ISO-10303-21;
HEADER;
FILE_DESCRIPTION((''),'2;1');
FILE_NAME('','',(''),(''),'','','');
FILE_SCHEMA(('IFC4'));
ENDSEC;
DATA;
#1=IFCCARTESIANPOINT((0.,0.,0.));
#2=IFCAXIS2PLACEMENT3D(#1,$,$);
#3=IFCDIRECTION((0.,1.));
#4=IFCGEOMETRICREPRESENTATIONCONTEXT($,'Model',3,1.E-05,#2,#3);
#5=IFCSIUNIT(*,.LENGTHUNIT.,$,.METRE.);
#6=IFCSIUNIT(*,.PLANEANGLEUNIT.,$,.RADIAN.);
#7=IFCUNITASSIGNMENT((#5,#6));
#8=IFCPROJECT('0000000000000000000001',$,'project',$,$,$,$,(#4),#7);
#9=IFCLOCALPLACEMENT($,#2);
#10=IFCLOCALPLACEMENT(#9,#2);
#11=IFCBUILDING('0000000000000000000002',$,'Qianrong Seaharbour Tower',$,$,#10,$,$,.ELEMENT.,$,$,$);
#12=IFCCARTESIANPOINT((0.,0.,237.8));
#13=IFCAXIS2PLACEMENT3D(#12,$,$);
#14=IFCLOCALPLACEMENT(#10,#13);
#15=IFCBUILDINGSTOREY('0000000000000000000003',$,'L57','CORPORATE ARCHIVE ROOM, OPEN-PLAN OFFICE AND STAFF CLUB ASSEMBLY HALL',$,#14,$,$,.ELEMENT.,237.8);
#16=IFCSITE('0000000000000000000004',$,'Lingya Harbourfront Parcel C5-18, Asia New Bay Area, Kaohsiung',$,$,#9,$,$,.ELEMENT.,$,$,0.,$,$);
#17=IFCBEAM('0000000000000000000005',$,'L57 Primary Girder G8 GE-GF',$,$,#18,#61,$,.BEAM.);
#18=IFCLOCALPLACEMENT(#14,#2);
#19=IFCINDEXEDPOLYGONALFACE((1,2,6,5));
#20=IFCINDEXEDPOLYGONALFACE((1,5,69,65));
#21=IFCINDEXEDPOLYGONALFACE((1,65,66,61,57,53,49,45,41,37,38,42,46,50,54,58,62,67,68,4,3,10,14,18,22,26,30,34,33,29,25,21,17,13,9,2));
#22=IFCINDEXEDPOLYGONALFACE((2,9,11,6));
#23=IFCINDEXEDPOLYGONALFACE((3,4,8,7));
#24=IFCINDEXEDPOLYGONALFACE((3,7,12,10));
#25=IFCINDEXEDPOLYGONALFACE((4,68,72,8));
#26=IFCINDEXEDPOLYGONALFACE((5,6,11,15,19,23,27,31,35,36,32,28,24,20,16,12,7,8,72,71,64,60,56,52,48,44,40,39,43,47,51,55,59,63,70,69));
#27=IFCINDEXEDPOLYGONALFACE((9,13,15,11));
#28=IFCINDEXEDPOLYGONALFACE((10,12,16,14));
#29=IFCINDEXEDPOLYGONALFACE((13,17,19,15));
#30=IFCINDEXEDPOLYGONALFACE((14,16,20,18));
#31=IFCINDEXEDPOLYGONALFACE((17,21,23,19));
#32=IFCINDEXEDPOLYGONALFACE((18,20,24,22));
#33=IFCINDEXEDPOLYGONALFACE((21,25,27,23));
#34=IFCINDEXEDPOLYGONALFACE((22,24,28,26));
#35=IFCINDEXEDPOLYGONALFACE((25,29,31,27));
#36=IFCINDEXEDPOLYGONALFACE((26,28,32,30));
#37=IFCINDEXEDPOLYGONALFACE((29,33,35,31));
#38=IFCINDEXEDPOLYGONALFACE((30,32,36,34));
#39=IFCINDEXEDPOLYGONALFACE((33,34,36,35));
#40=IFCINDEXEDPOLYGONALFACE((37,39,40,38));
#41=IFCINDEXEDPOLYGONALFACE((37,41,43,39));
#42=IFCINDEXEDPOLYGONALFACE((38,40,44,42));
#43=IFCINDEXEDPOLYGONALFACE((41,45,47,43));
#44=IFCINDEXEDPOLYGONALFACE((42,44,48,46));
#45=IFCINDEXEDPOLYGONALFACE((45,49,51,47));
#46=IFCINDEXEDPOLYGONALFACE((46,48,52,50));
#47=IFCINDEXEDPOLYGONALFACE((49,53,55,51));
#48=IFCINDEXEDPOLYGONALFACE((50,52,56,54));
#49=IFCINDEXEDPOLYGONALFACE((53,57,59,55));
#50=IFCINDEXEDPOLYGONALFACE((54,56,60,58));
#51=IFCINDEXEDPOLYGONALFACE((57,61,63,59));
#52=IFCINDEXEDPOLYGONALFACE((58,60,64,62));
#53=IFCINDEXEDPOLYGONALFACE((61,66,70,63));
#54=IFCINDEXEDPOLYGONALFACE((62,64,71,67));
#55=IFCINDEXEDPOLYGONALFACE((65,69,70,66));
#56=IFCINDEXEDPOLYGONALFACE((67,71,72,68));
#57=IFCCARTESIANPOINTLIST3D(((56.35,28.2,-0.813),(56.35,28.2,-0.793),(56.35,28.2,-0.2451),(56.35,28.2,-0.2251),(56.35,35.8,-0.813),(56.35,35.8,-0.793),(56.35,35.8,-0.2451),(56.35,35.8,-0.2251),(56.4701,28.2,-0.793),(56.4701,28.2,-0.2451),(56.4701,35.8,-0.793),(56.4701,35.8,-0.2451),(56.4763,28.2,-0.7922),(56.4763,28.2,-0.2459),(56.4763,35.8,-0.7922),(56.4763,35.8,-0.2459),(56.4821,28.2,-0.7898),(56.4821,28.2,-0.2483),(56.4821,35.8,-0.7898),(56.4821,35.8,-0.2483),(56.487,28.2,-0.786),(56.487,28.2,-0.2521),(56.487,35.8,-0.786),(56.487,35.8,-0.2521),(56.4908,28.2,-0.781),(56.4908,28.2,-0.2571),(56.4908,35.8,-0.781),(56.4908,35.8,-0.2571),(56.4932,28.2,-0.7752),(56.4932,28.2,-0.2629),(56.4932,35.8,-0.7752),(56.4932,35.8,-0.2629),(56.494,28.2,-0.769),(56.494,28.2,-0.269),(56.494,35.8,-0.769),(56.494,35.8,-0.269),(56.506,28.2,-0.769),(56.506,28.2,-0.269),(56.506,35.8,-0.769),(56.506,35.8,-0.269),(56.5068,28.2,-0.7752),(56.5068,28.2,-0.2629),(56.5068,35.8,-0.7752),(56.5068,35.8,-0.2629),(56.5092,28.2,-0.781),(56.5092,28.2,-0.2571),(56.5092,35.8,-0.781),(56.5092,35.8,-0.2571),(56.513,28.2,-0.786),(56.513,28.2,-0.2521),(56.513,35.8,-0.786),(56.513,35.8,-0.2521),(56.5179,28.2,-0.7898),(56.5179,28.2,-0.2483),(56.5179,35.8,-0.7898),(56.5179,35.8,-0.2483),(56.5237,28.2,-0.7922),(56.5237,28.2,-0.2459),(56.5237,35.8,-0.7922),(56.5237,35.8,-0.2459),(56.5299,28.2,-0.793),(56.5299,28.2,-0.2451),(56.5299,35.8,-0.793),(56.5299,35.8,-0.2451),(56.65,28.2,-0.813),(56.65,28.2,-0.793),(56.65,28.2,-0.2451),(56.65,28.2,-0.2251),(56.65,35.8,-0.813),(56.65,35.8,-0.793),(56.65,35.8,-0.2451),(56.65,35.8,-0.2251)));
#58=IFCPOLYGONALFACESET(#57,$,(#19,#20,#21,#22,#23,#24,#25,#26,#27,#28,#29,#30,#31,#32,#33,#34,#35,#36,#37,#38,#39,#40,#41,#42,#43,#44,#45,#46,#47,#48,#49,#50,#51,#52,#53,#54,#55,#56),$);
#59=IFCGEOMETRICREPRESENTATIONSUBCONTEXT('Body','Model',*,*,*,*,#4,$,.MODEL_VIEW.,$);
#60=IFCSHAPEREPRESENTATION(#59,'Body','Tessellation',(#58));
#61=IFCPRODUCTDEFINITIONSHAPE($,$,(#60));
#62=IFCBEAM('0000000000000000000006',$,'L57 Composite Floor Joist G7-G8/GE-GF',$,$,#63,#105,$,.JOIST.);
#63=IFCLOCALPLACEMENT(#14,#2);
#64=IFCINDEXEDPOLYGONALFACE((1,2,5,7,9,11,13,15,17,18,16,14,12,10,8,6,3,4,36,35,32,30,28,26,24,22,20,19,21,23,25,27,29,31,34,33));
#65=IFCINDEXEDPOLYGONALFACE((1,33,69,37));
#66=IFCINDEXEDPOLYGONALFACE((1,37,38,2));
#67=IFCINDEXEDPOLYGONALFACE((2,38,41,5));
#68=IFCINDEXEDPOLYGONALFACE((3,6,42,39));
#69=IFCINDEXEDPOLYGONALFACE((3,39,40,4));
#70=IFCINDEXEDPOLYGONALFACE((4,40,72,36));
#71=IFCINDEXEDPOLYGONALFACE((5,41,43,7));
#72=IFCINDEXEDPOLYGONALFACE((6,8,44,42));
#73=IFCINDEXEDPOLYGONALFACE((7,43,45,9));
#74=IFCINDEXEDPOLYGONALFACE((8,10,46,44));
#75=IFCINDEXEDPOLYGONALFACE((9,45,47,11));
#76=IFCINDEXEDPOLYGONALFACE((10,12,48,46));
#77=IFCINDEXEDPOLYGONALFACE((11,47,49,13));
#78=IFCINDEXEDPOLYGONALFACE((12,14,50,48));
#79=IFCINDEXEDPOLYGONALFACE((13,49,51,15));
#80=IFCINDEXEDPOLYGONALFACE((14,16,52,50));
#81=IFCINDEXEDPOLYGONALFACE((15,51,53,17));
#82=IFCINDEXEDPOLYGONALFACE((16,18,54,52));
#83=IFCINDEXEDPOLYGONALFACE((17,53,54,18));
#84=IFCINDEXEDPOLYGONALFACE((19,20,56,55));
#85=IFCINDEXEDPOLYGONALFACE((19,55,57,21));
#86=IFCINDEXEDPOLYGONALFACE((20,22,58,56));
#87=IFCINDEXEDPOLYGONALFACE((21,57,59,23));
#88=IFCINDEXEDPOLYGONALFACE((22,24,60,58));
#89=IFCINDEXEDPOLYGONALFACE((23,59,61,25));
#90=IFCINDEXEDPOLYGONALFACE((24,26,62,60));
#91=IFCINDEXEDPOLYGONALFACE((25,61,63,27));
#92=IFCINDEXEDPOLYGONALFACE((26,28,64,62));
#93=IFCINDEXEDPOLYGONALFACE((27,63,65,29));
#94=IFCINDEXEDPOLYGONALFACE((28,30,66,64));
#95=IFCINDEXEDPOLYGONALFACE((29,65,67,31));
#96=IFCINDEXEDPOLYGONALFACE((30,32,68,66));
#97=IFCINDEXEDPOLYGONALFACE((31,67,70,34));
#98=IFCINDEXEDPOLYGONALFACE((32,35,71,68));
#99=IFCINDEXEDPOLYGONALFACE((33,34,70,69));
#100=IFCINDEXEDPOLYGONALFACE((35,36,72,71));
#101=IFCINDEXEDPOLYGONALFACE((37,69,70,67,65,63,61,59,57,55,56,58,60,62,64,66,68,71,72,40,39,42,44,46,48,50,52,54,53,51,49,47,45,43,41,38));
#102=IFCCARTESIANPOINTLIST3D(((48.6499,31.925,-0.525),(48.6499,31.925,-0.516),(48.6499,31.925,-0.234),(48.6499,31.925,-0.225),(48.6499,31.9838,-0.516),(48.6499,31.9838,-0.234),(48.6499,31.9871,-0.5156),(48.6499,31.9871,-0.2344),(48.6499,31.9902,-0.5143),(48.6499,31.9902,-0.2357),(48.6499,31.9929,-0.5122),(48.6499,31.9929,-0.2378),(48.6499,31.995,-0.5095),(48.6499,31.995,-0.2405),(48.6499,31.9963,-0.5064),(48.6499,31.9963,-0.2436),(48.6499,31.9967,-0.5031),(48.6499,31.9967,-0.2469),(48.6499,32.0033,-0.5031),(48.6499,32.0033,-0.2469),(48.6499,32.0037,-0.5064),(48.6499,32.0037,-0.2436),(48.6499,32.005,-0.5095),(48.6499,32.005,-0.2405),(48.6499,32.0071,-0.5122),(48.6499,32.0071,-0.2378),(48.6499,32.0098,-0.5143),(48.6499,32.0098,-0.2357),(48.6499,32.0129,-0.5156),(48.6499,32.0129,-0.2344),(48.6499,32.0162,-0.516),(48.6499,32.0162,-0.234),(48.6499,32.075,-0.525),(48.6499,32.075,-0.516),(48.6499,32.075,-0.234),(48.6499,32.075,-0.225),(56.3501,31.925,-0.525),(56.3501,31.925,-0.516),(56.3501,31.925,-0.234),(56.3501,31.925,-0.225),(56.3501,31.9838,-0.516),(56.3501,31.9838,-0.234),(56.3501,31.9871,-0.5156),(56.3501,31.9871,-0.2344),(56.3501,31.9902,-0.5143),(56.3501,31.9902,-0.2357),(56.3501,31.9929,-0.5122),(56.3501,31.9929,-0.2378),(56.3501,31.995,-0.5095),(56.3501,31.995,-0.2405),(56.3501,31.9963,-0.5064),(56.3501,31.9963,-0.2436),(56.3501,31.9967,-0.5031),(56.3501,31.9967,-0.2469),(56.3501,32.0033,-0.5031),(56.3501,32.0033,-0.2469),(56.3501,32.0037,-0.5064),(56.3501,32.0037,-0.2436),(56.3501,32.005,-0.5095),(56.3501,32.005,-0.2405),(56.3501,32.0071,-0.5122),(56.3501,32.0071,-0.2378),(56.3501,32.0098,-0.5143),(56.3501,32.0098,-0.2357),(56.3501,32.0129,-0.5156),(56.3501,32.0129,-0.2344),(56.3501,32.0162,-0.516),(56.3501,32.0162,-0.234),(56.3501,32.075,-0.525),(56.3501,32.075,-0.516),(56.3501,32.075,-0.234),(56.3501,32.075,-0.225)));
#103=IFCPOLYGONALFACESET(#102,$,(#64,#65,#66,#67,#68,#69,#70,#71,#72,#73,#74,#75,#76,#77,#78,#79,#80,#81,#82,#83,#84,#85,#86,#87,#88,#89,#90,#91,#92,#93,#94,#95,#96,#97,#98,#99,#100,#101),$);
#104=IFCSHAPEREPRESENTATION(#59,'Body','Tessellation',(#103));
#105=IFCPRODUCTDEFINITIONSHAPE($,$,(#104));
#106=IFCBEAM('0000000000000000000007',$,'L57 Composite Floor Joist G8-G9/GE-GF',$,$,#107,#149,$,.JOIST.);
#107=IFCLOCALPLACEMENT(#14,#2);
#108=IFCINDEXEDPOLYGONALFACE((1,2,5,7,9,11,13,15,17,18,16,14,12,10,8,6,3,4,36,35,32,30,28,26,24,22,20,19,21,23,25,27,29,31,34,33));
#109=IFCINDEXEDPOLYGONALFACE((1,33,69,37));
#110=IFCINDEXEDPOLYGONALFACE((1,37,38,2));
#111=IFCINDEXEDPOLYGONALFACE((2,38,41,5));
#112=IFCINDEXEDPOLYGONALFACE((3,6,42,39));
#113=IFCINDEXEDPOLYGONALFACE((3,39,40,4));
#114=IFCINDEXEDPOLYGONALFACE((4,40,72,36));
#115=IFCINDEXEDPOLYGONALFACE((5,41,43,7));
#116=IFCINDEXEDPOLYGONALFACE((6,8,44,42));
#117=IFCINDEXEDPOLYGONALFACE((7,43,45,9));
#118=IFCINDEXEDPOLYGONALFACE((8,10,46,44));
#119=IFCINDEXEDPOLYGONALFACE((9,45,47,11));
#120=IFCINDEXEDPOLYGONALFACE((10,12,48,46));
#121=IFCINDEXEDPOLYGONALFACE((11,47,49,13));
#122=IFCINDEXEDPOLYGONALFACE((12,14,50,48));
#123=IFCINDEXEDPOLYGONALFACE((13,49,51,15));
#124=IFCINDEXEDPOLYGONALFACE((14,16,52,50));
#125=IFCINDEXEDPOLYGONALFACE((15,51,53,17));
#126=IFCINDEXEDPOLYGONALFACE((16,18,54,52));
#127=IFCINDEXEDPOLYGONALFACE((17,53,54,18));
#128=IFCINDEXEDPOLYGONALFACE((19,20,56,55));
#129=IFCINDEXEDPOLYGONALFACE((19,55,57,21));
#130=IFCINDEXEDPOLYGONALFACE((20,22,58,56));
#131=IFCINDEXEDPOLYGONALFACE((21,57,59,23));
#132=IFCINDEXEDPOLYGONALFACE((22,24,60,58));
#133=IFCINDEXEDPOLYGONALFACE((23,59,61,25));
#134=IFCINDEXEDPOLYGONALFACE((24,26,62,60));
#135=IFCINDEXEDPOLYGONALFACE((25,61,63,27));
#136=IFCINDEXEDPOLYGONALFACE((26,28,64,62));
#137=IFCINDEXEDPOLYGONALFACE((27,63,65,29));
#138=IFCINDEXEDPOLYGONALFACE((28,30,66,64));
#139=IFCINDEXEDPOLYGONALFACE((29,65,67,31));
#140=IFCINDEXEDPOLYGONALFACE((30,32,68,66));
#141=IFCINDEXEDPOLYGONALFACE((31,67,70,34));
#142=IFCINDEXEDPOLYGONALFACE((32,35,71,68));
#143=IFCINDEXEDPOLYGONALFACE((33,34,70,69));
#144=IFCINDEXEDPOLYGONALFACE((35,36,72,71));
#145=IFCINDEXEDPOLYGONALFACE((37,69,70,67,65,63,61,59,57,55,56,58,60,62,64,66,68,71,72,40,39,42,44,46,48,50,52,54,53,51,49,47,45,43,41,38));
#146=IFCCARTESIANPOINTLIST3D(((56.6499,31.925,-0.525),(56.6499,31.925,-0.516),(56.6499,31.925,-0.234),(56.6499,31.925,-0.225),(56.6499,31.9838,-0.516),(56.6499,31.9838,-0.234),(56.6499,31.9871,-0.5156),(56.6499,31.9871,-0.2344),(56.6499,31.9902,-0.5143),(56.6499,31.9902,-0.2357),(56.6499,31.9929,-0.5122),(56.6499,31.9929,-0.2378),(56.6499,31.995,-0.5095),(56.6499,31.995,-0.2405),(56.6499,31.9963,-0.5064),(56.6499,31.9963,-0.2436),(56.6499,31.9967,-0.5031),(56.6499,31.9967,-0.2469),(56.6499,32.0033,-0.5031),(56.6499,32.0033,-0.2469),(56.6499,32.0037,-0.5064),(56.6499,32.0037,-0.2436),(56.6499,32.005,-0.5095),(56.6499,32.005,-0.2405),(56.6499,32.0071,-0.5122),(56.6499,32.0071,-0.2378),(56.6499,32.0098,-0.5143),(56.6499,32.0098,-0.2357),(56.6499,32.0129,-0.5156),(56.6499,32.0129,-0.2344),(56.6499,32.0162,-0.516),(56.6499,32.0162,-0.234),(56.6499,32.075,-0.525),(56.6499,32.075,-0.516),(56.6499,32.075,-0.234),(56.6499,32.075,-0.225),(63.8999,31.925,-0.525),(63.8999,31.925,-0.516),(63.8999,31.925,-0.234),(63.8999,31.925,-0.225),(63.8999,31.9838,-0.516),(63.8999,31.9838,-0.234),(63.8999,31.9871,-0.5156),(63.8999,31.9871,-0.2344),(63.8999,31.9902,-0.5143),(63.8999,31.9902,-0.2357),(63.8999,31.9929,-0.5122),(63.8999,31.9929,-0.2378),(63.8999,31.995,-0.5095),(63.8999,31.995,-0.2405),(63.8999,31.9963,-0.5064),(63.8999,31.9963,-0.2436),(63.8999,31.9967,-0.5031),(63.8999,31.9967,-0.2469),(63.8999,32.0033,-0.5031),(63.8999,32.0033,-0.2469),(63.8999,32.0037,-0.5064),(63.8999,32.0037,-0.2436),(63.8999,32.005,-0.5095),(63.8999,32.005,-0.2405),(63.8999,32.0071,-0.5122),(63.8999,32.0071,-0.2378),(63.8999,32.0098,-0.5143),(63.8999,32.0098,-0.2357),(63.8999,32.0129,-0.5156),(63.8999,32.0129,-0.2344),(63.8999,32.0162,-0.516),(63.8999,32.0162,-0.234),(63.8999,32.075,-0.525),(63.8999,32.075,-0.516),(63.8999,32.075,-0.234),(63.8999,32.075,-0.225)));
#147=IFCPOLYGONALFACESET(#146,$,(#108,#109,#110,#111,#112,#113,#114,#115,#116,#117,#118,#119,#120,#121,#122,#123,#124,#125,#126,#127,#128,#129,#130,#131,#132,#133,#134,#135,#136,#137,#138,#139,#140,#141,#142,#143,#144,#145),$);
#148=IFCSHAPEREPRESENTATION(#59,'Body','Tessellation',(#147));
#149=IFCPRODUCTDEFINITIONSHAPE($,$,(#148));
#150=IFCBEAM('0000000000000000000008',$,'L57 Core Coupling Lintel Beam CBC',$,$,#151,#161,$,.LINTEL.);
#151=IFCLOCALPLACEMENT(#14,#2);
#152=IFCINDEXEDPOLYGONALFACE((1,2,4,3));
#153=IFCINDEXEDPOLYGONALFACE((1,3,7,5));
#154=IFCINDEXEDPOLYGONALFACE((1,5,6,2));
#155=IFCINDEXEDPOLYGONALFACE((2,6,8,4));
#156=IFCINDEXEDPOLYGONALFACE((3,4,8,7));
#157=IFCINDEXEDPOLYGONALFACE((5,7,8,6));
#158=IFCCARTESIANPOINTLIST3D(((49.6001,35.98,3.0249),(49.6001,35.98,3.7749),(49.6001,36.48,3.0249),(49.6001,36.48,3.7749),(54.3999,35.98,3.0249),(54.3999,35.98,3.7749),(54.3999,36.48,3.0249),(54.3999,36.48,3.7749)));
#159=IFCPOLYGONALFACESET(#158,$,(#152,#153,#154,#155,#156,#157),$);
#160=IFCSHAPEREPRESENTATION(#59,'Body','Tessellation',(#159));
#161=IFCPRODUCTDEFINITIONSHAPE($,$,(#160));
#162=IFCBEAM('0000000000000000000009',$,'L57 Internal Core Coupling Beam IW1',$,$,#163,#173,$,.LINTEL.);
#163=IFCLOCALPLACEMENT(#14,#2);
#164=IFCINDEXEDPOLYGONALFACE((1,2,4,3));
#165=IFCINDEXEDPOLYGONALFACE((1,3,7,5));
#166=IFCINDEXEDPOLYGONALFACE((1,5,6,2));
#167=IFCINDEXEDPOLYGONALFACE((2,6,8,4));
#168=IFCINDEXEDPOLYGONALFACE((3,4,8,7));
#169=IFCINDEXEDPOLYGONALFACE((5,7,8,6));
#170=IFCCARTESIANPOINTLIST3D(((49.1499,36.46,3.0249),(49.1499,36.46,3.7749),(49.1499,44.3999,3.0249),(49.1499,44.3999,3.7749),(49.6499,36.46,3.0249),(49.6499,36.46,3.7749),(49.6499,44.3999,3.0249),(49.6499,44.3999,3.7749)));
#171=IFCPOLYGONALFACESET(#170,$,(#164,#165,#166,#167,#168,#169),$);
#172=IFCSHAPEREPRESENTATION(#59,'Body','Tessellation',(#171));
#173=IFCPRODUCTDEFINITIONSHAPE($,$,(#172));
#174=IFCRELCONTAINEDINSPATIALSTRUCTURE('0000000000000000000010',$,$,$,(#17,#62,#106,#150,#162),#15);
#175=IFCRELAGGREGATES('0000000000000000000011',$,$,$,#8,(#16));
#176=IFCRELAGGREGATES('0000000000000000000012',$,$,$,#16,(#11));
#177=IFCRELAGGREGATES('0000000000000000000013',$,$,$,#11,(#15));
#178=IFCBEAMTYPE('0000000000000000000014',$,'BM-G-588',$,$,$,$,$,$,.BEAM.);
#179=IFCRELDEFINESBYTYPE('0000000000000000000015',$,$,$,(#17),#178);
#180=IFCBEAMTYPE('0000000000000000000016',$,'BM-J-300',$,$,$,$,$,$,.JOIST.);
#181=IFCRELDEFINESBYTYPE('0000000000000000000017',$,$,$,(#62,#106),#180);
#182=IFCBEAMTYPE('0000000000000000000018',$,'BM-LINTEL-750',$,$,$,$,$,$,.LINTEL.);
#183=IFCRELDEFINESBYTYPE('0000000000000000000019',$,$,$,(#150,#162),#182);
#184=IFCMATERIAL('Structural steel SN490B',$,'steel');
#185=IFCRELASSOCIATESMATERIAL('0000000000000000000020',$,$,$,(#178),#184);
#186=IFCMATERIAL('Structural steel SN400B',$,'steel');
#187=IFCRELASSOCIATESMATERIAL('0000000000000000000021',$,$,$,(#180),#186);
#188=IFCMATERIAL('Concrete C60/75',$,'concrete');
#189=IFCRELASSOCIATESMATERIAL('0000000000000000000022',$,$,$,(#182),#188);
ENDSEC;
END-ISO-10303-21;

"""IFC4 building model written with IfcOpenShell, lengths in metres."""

from ifc_helpers import new_model, si_unit, direction, frame, origin, origin_2d, place, context, subcontext, project, spatial, rectangle, i_section, extrude, material, material_profile, profile_set, type_object, element, save


model = new_model("IFC4")

# Units and contexts
model_context = context("Model", 3, precision=1e-05, world=origin(), true_north=direction((0.0, 1.0)))
body_context = subcontext(model_context, "Body", "Model", "MODEL_VIEW")
ifc_project = project(units=[si_unit("LENGTHUNIT", "METRE"), si_unit("PLANEANGLEUNIT", "RADIAN")], contexts=[model_context])

# Site, building, storey
site_placement = place(None, origin())
site = spatial("IfcSite", under=ifc_project, at=site_placement, Name="Lingya Harbourfront Parcel C5-18, Asia New Bay Area, Kaohsiung", CompositionType="ELEMENT", RefElevation=0.0)
building_placement = place(site_placement, origin())
building = spatial("IfcBuilding", under=site, at=building_placement, Name="Qianrong Seaharbour Tower", CompositionType="ELEMENT")
storey_placement = place(building_placement, frame((0.0, 0.0, 237.8)))
storey = spatial("IfcBuildingStorey", under=building, at=storey_placement, Name="L57", Description="CORPORATE ARCHIVE ROOM, OPEN-PLAN OFFICE AND STAFF CLUB ASSEMBLY HALL", CompositionType="ELEMENT", Elevation=237.8)

# Shared definitions
ifc_material_1 = material(Name="Structural steel SN490B", Category="steel")

# Beams
ifc_material_profile_1 = material_profile(ifc_material_1, i_section(OverallWidth=0.3, OverallDepth=0.5879, WebThickness=0.012, FlangeThickness=0.02, FilletRadius=0.0239, at=origin_2d()), Name="H588x300x12x20")
ifc_profile_set_1 = profile_set([ifc_material_profile_1], Name="Structural steel SN490B")
beam_type_1 = type_object("IfcBeamType", Name="BM-G-588", PredefinedType="BEAM", material=ifc_profile_set_1)
for number, where, z_axis, x_axis, name in (
    (1, (56.5, 28.2, -0.519), (0.0, 1.0, 0.0), (-1.0, 0.0, 0.0), "L57 Primary Girder G8 GE-GF"),
):
    element("IfcBeam", number, at=place(storey_placement, frame(where, z_axis=z_axis, x_axis=x_axis)), inside=storey, type_object=beam_type_1, Name=name, PredefinedType="BEAM", context=body_context, shape_type="SweptSolid", body=[
        extrude(i_section(OverallWidth=0.3, OverallDepth=0.5879, WebThickness=0.012, FlangeThickness=0.02, FilletRadius=0.0239, at=origin_2d()), origin(), (0.0, 0.0, 1.0), 7.6001),
    ])
ifc_material_2 = material(Name="Structural steel SN400B", Category="steel")
ifc_material_profile_2 = material_profile(ifc_material_2, i_section(OverallWidth=0.1499, OverallDepth=0.3, WebThickness=0.0066, FlangeThickness=0.009, FilletRadius=0.0129, at=origin_2d()), Name="H300x150x6.5x9")
ifc_profile_set_2 = profile_set([ifc_material_profile_2], Name="Structural steel SN400B")
beam_type_2 = type_object("IfcBeamType", Name="BM-J-300", PredefinedType="JOIST", material=ifc_profile_set_2)
beam_1_placement = place(storey_placement, frame((48.6499, 32.0, -0.375), z_axis=(1.0, 0.0, 0.0), x_axis=(0.0, 1.0, 0.0)))
element("IfcBeam", 2, at=beam_1_placement, inside=storey, type_object=beam_type_2, Name="L57 Composite Floor Joist G7-G8/GE-GF", PredefinedType="JOIST", context=body_context, shape_type="SweptSolid", body=[
    extrude(i_section(OverallWidth=0.1499, OverallDepth=0.3, WebThickness=0.0066, FlangeThickness=0.009, FilletRadius=0.0129, at=origin_2d()), origin(), (0.0, 0.0, 1.0), 7.7002),
])
beam_2_placement = place(storey_placement, frame((56.6499, 32.0, -0.375), z_axis=(1.0, 0.0, 0.0), x_axis=(0.0, 1.0, 0.0)))
element("IfcBeam", 3, at=beam_2_placement, inside=storey, type_object=beam_type_2, Name="L57 Composite Floor Joist G8-G9/GE-GF", PredefinedType="JOIST", context=body_context, shape_type="SweptSolid", body=[
    extrude(i_section(OverallWidth=0.1499, OverallDepth=0.3, WebThickness=0.0066, FlangeThickness=0.009, FilletRadius=0.0129, at=origin_2d()), origin(), (0.0, 0.0, 1.0), 7.25),
])
ifc_material_3 = material(Name="Concrete C60/75", Category="concrete")
ifc_material_profile_3 = material_profile(ifc_material_3, rectangle(XDim=0.5, YDim=0.75, at=origin_2d()), Name="RC500x750")
ifc_profile_set_3 = profile_set([ifc_material_profile_3], Name="Concrete C60/75")
beam_type_3 = type_object("IfcBeamType", Name="BM-LINTEL-750", PredefinedType="LINTEL", material=ifc_profile_set_3)
beam_3_placement = place(storey_placement, frame((49.6001, 36.23, 3.3999), z_axis=(1.0, 0.0, 0.0), x_axis=(0.0, 1.0, 0.0)))
element("IfcBeam", 4, at=beam_3_placement, inside=storey, type_object=beam_type_3, Name="L57 Core Coupling Lintel Beam CBC", PredefinedType="LINTEL", context=body_context, shape_type="SweptSolid", body=[
    extrude(rectangle(XDim=0.5, YDim=0.75, at=origin_2d()), origin(), (0.0, 0.0, 1.0), 4.7998),
])
beam_4_placement = place(storey_placement, frame((49.3999, 36.46, 3.3999), z_axis=(0.0, 1.0, 0.0), x_axis=(-1.0, 0.0, 0.0)))
element("IfcBeam", 5, at=beam_4_placement, inside=storey, type_object=beam_type_3, Name="L57 Internal Core Coupling Beam IW1", PredefinedType="LINTEL", context=body_context, shape_type="SweptSolid", body=[
    extrude(rectangle(XDim=0.5, YDim=0.75, at=origin_2d()), origin(), (0.0, 0.0, 1.0), 7.9399),
])

save(model, "model.ifc")
